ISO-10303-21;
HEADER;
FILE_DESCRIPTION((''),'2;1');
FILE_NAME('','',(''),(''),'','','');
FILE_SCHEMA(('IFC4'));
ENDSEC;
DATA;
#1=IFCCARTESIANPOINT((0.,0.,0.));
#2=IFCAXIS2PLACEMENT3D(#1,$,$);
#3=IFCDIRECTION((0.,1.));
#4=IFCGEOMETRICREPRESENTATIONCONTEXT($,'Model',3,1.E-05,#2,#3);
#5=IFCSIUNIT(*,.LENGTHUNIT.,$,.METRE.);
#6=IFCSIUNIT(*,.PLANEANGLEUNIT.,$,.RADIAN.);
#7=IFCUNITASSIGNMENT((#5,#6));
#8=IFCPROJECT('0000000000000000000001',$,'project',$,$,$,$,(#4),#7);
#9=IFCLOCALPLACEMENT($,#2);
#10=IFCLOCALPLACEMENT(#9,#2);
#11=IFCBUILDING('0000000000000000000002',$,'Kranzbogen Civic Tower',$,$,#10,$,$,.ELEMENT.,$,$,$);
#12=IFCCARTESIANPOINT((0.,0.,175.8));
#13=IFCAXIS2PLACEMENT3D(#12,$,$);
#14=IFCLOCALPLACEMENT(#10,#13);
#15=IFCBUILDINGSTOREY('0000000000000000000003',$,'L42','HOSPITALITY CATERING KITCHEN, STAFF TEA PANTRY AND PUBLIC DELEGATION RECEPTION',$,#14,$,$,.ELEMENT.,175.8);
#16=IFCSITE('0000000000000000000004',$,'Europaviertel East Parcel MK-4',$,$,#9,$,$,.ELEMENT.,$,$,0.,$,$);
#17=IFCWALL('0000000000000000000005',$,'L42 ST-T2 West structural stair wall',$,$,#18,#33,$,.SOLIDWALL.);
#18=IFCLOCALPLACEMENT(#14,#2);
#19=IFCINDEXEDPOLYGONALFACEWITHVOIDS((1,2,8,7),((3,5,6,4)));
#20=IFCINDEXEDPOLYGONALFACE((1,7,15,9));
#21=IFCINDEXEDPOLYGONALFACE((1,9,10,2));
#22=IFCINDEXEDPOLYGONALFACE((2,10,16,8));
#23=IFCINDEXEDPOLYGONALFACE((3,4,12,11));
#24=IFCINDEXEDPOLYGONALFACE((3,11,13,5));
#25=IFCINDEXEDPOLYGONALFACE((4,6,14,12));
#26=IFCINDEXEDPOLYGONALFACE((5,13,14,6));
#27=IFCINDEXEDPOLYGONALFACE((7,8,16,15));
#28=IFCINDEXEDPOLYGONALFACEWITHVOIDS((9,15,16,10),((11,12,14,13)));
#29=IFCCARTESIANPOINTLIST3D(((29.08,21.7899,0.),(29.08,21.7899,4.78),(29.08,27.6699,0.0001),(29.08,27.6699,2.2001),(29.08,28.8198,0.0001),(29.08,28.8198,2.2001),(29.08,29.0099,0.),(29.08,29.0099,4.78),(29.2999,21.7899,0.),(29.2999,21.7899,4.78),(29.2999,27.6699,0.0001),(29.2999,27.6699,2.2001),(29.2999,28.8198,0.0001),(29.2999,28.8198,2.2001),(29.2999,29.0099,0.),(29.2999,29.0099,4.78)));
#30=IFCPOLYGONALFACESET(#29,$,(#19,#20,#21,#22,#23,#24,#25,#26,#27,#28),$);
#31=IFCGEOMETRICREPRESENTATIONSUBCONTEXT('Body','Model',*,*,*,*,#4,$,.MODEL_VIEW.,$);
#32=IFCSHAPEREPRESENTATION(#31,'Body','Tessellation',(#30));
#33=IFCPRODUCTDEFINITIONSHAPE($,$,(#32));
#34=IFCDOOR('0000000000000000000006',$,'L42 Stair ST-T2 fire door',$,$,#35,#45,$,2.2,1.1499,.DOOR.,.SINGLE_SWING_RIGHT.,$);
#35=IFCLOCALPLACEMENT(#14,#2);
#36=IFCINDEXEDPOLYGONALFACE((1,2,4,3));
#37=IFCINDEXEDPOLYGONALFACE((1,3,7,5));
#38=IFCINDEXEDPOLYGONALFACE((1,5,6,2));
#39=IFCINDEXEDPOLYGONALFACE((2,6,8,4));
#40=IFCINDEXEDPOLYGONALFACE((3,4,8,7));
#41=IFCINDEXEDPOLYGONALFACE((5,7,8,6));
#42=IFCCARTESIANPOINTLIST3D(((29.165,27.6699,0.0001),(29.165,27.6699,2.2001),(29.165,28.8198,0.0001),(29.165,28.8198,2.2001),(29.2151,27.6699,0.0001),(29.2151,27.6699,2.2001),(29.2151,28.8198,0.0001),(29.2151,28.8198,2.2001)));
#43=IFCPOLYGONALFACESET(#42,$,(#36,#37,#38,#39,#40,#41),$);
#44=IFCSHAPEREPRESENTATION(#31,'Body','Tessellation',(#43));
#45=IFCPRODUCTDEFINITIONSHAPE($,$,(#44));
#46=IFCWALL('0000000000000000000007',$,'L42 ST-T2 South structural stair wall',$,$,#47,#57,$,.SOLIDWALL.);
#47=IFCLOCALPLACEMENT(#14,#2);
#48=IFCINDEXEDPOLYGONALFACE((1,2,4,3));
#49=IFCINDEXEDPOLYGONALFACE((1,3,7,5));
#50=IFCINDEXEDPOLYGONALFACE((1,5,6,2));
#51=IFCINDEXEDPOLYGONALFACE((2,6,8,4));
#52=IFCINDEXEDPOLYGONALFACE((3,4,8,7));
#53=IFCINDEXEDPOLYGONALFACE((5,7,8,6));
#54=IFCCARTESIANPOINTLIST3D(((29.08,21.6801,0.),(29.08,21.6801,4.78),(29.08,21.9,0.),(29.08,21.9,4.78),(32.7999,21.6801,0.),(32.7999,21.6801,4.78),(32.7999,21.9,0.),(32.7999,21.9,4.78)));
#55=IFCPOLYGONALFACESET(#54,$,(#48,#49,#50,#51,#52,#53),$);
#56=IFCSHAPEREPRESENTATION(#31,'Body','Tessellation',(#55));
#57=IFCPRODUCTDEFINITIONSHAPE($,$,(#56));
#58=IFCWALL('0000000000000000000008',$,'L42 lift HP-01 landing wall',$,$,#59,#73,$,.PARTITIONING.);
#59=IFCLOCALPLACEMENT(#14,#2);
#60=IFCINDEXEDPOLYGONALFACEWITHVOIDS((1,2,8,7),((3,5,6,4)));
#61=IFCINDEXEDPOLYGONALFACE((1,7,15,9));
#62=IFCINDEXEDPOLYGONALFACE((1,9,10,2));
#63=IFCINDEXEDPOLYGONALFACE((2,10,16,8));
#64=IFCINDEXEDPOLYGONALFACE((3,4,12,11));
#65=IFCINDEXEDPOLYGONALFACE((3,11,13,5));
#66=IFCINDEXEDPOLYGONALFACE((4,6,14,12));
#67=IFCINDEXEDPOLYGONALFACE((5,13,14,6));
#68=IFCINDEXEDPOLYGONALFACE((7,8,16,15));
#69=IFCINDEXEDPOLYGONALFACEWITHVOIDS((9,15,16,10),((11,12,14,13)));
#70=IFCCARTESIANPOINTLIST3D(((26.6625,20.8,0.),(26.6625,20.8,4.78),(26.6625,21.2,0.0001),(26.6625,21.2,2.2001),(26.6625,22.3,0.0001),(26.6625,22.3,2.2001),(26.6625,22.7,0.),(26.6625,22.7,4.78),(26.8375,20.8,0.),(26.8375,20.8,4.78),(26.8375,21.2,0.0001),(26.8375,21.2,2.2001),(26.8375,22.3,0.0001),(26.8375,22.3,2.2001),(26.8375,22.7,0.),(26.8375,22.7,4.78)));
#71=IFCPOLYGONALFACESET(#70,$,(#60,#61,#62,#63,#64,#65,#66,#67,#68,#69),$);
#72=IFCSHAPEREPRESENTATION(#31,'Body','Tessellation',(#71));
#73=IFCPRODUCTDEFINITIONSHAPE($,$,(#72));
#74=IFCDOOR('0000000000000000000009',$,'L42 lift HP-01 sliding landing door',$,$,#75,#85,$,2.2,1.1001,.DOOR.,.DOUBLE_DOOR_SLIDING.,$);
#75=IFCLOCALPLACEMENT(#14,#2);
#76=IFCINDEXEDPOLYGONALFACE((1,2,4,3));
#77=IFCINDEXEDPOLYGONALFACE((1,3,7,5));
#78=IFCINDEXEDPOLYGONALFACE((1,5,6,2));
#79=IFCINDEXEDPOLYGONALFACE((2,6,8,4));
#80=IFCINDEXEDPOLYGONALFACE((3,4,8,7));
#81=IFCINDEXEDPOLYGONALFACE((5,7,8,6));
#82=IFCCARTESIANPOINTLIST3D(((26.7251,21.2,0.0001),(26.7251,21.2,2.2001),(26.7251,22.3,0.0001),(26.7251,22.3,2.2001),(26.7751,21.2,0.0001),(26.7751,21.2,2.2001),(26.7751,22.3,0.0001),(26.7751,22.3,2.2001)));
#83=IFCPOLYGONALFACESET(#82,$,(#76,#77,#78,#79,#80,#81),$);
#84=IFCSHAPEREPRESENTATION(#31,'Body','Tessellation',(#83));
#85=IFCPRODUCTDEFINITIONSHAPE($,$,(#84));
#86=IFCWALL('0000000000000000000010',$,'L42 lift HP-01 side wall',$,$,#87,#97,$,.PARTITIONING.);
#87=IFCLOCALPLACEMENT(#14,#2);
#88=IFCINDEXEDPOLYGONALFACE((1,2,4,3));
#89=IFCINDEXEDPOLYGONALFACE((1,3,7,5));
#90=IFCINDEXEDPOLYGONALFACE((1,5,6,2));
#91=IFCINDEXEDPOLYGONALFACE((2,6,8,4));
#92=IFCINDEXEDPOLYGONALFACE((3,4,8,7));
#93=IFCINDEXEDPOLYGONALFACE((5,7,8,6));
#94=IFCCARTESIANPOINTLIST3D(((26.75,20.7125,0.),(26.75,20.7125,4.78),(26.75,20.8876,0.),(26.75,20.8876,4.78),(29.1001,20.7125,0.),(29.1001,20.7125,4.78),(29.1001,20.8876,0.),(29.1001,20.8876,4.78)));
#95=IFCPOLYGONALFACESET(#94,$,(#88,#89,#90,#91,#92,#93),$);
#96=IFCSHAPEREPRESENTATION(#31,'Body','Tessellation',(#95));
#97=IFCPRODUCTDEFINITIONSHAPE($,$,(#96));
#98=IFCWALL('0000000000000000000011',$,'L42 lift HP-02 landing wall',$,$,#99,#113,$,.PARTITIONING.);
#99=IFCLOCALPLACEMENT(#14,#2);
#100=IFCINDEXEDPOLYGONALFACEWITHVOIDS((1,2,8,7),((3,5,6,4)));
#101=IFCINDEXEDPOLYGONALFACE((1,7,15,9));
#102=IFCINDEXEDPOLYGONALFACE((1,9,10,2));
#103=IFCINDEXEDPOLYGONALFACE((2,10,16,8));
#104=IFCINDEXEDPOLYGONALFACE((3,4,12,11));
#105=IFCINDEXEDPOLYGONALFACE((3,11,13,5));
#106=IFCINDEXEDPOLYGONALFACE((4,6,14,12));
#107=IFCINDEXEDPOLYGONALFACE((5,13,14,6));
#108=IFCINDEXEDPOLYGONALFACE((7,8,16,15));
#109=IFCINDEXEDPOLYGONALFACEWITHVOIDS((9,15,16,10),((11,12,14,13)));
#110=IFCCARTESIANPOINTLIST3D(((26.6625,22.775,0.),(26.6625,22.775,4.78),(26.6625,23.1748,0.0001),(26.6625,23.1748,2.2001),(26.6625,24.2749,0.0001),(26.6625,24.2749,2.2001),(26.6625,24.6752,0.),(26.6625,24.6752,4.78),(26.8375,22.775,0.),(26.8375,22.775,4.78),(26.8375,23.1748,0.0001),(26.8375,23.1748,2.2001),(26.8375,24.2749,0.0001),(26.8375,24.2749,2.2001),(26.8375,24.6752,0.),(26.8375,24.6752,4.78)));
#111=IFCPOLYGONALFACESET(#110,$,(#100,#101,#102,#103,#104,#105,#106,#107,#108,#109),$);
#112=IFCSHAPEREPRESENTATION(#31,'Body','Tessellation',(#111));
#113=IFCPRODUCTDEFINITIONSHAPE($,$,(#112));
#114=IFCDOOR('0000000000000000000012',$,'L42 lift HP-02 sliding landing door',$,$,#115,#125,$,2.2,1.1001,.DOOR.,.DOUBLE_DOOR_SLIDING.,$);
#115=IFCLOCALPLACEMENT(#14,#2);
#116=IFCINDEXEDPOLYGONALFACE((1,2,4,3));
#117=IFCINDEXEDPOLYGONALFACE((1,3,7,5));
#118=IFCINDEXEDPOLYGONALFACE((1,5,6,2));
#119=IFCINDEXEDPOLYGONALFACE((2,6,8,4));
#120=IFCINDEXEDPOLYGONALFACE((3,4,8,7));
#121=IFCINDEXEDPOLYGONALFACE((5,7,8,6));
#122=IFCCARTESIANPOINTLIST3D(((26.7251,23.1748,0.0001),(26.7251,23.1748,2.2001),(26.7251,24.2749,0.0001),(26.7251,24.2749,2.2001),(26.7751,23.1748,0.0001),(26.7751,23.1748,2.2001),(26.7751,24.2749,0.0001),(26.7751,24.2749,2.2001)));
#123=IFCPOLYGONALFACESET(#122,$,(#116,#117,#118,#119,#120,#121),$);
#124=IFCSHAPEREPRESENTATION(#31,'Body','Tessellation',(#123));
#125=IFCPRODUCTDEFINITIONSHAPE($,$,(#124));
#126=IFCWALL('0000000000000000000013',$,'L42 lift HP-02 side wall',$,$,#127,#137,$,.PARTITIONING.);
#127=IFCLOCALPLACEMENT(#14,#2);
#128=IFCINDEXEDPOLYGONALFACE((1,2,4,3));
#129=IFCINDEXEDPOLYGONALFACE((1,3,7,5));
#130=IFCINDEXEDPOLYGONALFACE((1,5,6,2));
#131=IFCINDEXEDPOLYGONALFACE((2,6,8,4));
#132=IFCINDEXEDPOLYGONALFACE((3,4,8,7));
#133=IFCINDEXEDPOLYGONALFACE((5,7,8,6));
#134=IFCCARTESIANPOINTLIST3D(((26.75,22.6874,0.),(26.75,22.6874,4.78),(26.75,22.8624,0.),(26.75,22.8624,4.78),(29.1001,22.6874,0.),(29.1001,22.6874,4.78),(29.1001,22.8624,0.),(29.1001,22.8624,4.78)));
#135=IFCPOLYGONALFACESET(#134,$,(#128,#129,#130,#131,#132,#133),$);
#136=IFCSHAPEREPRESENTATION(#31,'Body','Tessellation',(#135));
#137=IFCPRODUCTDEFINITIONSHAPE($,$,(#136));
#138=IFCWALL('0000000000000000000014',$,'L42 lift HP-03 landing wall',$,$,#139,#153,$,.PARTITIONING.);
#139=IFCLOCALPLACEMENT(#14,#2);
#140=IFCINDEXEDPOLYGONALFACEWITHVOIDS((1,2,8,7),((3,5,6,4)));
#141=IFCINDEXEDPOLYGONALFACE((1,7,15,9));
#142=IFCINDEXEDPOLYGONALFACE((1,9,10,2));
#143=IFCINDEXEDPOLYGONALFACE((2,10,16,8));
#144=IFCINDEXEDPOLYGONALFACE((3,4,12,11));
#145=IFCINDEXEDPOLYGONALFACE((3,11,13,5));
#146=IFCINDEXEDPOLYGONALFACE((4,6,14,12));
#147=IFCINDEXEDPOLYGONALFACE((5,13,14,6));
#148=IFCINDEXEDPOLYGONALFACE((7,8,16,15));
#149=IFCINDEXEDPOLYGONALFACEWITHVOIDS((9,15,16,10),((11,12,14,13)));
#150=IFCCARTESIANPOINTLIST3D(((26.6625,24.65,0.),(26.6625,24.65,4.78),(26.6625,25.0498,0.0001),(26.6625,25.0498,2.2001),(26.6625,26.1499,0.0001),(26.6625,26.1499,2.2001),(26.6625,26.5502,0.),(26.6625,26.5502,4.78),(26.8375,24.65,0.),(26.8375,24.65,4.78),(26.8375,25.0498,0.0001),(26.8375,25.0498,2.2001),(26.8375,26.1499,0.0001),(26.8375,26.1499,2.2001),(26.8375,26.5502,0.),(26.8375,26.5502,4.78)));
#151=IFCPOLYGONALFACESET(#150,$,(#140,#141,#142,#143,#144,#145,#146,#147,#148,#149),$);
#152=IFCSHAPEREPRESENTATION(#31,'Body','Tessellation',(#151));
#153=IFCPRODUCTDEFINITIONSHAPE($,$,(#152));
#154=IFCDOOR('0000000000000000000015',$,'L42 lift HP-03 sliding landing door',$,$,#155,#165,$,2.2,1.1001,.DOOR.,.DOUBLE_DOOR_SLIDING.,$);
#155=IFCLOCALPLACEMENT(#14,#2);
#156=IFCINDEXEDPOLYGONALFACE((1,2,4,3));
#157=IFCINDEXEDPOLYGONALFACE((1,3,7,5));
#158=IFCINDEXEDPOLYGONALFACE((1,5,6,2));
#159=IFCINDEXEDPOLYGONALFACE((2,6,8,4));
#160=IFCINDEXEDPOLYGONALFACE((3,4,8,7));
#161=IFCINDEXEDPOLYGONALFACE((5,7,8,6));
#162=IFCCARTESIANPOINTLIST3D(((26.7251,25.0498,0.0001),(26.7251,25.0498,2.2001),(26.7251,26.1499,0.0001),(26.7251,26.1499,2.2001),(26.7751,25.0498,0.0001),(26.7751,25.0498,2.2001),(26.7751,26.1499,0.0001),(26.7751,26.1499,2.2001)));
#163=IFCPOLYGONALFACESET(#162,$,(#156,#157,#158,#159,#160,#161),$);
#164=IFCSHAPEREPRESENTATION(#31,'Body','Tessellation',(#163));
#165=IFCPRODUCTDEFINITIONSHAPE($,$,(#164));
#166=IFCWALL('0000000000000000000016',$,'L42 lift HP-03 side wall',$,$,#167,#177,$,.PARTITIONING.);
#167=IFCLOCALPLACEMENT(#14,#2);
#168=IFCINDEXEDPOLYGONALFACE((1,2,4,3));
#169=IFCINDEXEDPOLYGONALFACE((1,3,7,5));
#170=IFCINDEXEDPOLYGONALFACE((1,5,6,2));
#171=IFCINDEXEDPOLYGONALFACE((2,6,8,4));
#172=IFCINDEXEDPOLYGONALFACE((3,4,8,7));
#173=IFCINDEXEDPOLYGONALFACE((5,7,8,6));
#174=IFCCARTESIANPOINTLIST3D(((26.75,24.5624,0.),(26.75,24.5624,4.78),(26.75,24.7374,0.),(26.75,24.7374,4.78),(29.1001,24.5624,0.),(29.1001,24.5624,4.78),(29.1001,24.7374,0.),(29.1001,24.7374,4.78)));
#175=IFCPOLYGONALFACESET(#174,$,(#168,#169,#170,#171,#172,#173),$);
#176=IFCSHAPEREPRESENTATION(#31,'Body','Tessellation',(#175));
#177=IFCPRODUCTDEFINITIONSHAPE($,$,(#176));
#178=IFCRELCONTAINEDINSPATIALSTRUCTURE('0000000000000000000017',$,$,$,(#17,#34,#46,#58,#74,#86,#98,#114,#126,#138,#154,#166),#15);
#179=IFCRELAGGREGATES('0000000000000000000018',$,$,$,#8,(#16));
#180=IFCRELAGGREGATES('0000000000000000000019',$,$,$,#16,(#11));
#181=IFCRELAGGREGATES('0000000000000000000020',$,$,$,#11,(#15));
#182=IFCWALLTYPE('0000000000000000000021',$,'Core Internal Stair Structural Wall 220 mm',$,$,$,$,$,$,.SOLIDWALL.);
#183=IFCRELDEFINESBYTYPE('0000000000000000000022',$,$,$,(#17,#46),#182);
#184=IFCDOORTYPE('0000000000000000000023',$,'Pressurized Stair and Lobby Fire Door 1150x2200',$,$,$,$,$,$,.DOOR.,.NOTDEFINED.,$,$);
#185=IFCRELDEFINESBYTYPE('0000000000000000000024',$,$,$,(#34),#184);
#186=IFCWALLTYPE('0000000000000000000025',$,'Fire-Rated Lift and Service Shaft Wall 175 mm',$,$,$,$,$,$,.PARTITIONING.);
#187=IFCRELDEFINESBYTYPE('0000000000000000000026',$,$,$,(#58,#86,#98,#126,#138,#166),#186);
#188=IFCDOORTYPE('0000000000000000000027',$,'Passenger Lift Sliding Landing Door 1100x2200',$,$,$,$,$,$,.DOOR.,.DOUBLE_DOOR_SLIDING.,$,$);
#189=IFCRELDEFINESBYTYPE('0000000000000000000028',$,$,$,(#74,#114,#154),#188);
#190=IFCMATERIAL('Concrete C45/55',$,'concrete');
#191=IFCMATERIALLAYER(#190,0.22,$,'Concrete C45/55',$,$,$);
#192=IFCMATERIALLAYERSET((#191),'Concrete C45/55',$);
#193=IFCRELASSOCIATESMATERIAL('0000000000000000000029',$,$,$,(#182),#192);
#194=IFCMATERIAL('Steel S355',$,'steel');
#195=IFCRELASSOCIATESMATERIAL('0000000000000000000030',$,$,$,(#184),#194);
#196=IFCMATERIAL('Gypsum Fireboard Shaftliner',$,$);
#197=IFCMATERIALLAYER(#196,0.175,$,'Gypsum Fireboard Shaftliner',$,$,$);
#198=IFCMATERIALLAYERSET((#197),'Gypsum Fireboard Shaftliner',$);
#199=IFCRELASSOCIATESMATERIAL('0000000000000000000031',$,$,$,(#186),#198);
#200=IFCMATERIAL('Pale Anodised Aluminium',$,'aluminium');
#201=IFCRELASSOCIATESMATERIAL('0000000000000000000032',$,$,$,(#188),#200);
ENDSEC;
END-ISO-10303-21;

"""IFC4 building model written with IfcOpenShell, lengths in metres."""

from ifc_helpers import new_model, si_unit, direction, frame, frame_2d, origin, place, context, subcontext, project, spatial, rectangle, extrude, material, layer, layer_set, type_object, element, fill, save


model = new_model("IFC4")

# Units and contexts
model_context = context("Model", 3, precision=1e-05, world=origin(), true_north=direction((0.0, 1.0)))
body_context = subcontext(model_context, "Body", "Model", "MODEL_VIEW")
ifc_project = project(units=[si_unit("LENGTHUNIT", "METRE"), si_unit("PLANEANGLEUNIT", "RADIAN")], contexts=[model_context])

# Site, building, storey
site_placement = place(None, origin())
site = spatial("IfcSite", under=ifc_project, at=site_placement, Name="Europaviertel East Parcel MK-4", CompositionType="ELEMENT", RefElevation=0.0)
building_placement = place(site_placement, origin())
building = spatial("IfcBuilding", under=site, at=building_placement, Name="Kranzbogen Civic Tower", CompositionType="ELEMENT")
storey_placement = place(building_placement, frame((0.0, 0.0, 175.8)))
storey = spatial("IfcBuildingStorey", under=building, at=storey_placement, Name="L42", Description="HOSPITALITY CATERING KITCHEN, STAFF TEA PANTRY AND PUBLIC DELEGATION RECEPTION", CompositionType="ELEMENT", Elevation=175.8)

# Shared definitions
ifc_material_1 = material(Name="Steel S355", Category="steel")

# Shared definitions
ifc_material_2 = material(Name="Concrete C45/55", Category="concrete")

# Wall, opening, door
ifc_layer_1 = layer(ifc_material_2, 0.22, Name="Concrete C45/55")
ifc_layer_set_1 = layer_set([ifc_layer_1], Name="Concrete C45/55")
wall_type_1 = type_object("IfcWallType", Name="Core Internal Stair Structural Wall 220 mm", PredefinedType="SOLIDWALL", material=ifc_layer_set_1)
wall_1_placement = place(storey_placement, frame((29.1899, 21.79, 0.0), z_axis=(0.0, 0.0, 1.0), x_axis=(0.0, 1.0, 0.0)))
wall_1 = element("IfcWall", 1, at=wall_1_placement, inside=storey, type_object=wall_type_1, Name="L42 ST-T2 West structural stair wall", PredefinedType="SOLIDWALL", context=body_context, shape_type="SweptSolid", body=[
    extrude(rectangle(XDim=7.22, YDim=0.22, at=frame_2d((3.6099, 0.0))), origin(), (0.0, 0.0, 1.0), 4.78),
])
opening_1_placement = place(wall_1_placement, frame((5.8799, 0.0, 0.0)))
opening_1 = element("IfcOpeningElement", 2, at=opening_1_placement, cuts=wall_1, PredefinedType="OPENING", context=body_context, shape_type="SweptSolid", body=[
    extrude(rectangle(XDim=1.1499, YDim=2.2, at=frame_2d((0.575, 1.1001))), frame((0.0, 0.1201, 0.0), z_axis=(0.0, -1.0, 0.0), x_axis=(1.0, 0.0, 0.0)), (0.0, 0.0, 1.0), 0.24),
])
door_type_1 = type_object("IfcDoorType", Name="Pressurized Stair and Lobby Fire Door 1150x2200", OperationType="NOTDEFINED", PredefinedType="DOOR", material=ifc_material_1)
door_1_placement = place(opening_1_placement, origin())
door_1 = element("IfcDoor", 3, at=door_1_placement, inside=storey, type_object=door_type_1, Name="L42 Stair ST-T2 fire door", OperationType="SINGLE_SWING_RIGHT", OverallHeight=2.2, OverallWidth=1.1499, PredefinedType="DOOR", context=body_context, shape_type="SweptSolid", body=[
    extrude(rectangle(XDim=1.1499, YDim=2.2, at=frame_2d((0.575, 1.1001))), frame((0.0, 0.0249, 0.0), z_axis=(0.0, -1.0, 0.0), x_axis=(1.0, 0.0, 0.0)), (0.0, 0.0, 1.0), 0.05),
])
fill(opening_1, door_1)

# Wall
wall_2_placement = place(storey_placement, frame((29.0801, 21.79, 0.0), z_axis=(0.0, 0.0, 1.0), x_axis=(1.0, 0.0, 0.0)))
element("IfcWall", 4, at=wall_2_placement, inside=storey, type_object=wall_type_1, Name="L42 ST-T2 South structural stair wall", PredefinedType="SOLIDWALL", context=body_context, shape_type="SweptSolid", body=[
    extrude(rectangle(XDim=3.72, YDim=0.22, at=frame_2d((1.8599, 0.0))), origin(), (0.0, 0.0, 1.0), 4.78),
])

# Wall, opening, door
ifc_material_3 = material(Name="Gypsum Fireboard Shaftliner")
ifc_layer_2 = layer(ifc_material_3, 0.175, Name="Gypsum Fireboard Shaftliner")
ifc_layer_set_2 = layer_set([ifc_layer_2], Name="Gypsum Fireboard Shaftliner")
wall_type_2 = type_object("IfcWallType", Name="Fire-Rated Lift and Service Shaft Wall 175 mm", PredefinedType="PARTITIONING", material=ifc_layer_set_2)
wall_3_placement = place(storey_placement, frame((26.75, 20.8, 0.0), z_axis=(0.0, 0.0, 1.0), x_axis=(0.0, 1.0, 0.0)))
wall_3 = element("IfcWall", 5, at=wall_3_placement, inside=storey, type_object=wall_type_2, Name="L42 lift HP-01 landing wall", PredefinedType="PARTITIONING", context=body_context, shape_type="SweptSolid", body=[
    extrude(rectangle(XDim=1.8999, YDim=0.175, at=frame_2d((0.95, 0.0))), origin(), (0.0, 0.0, 1.0), 4.78),
])
opening_2_placement = place(wall_3_placement, frame((0.3999, 0.0, 0.0)))
opening_2 = element("IfcOpeningElement", 6, at=opening_2_placement, cuts=wall_3, PredefinedType="OPENING", context=body_context, shape_type="SweptSolid", body=[
    extrude(rectangle(XDim=1.1001, YDim=2.2, at=frame_2d((0.55, 1.1001))), frame((0.0, 0.0977, 0.0), z_axis=(0.0, -1.0, 0.0), x_axis=(1.0, 0.0, 0.0)), (0.0, 0.0, 1.0), 0.1951),
])
ifc_material_4 = material(Name="Pale Anodised Aluminium", Category="aluminium")
door_type_2 = type_object("IfcDoorType", Name="Passenger Lift Sliding Landing Door 1100x2200", OperationType="DOUBLE_DOOR_SLIDING", PredefinedType="DOOR", material=ifc_material_4)
door_2_placement = place(opening_2_placement, origin())
door_2 = element("IfcDoor", 7, at=door_2_placement, inside=storey, type_object=door_type_2, Name="L42 lift HP-01 sliding landing door", OperationType="DOUBLE_DOOR_SLIDING", OverallHeight=2.2, OverallWidth=1.1001, PredefinedType="DOOR", context=body_context, shape_type="SweptSolid", body=[
    extrude(rectangle(XDim=1.1001, YDim=2.2, at=frame_2d((0.55, 1.1001))), frame((0.0, 0.0249, 0.0), z_axis=(0.0, -1.0, 0.0), x_axis=(1.0, 0.0, 0.0)), (0.0, 0.0, 1.0), 0.05),
])
fill(opening_2, door_2)

# Wall
wall_4_placement = place(storey_placement, frame((26.75, 20.8, 0.0), z_axis=(0.0, 0.0, 1.0), x_axis=(1.0, 0.0, 0.0)))
element("IfcWall", 8, at=wall_4_placement, inside=storey, type_object=wall_type_2, Name="L42 lift HP-01 side wall", PredefinedType="PARTITIONING", context=body_context, shape_type="SweptSolid", body=[
    extrude(rectangle(XDim=2.3501, YDim=0.175, at=frame_2d((1.175, 0.0))), origin(), (0.0, 0.0, 1.0), 4.78),
])

# Wall, opening, door
wall_5_placement = place(storey_placement, frame((26.75, 22.7749, 0.0), z_axis=(0.0, 0.0, 1.0), x_axis=(0.0, 1.0, 0.0)))
wall_5 = element("IfcWall", 9, at=wall_5_placement, inside=storey, type_object=wall_type_2, Name="L42 lift HP-02 landing wall", PredefinedType="PARTITIONING", context=body_context, shape_type="SweptSolid", body=[
    extrude(rectangle(XDim=1.9001, YDim=0.175, at=frame_2d((0.9502, 0.0))), origin(), (0.0, 0.0, 1.0), 4.78),
])
opening_3_placement = place(wall_5_placement, frame((0.3999, 0.0, 0.0)))
opening_3 = element("IfcOpeningElement", 10, at=opening_3_placement, cuts=wall_5, PredefinedType="OPENING", context=body_context, shape_type="SweptSolid", body=[
    extrude(rectangle(XDim=1.1001, YDim=2.2, at=frame_2d((0.55, 1.1001))), frame((0.0, 0.0977, 0.0), z_axis=(0.0, -1.0, 0.0), x_axis=(1.0, 0.0, 0.0)), (0.0, 0.0, 1.0), 0.1951),
])
door_3_placement = place(opening_3_placement, origin())
door_3 = element("IfcDoor", 11, at=door_3_placement, inside=storey, type_object=door_type_2, Name="L42 lift HP-02 sliding landing door", OperationType="DOUBLE_DOOR_SLIDING", OverallHeight=2.2, OverallWidth=1.1001, PredefinedType="DOOR", context=body_context, shape_type="SweptSolid", body=[
    extrude(rectangle(XDim=1.1001, YDim=2.2, at=frame_2d((0.55, 1.1001))), frame((0.0, 0.0249, 0.0), z_axis=(0.0, -1.0, 0.0), x_axis=(1.0, 0.0, 0.0)), (0.0, 0.0, 1.0), 0.05),
])
fill(opening_3, door_3)

# Wall
wall_6_placement = place(storey_placement, frame((26.75, 22.7749, 0.0), z_axis=(0.0, 0.0, 1.0), x_axis=(1.0, 0.0, 0.0)))
element("IfcWall", 12, at=wall_6_placement, inside=storey, type_object=wall_type_2, Name="L42 lift HP-02 side wall", PredefinedType="PARTITIONING", context=body_context, shape_type="SweptSolid", body=[
    extrude(rectangle(XDim=2.3501, YDim=0.175, at=frame_2d((1.175, 0.0))), origin(), (0.0, 0.0, 1.0), 4.78),
])

# Wall, opening, door
wall_7_placement = place(storey_placement, frame((26.75, 24.6499, 0.0), z_axis=(0.0, 0.0, 1.0), x_axis=(0.0, 1.0, 0.0)))
wall_7 = element("IfcWall", 13, at=wall_7_placement, inside=storey, type_object=wall_type_2, Name="L42 lift HP-03 landing wall", PredefinedType="PARTITIONING", context=body_context, shape_type="SweptSolid", body=[
    extrude(rectangle(XDim=1.9001, YDim=0.175, at=frame_2d((0.9502, 0.0))), origin(), (0.0, 0.0, 1.0), 4.78),
])
opening_4_placement = place(wall_7_placement, frame((0.3999, 0.0, 0.0)))
opening_4 = element("IfcOpeningElement", 14, at=opening_4_placement, cuts=wall_7, PredefinedType="OPENING", context=body_context, shape_type="SweptSolid", body=[
    extrude(rectangle(XDim=1.1001, YDim=2.2, at=frame_2d((0.55, 1.1001))), frame((0.0, 0.0977, 0.0), z_axis=(0.0, -1.0, 0.0), x_axis=(1.0, 0.0, 0.0)), (0.0, 0.0, 1.0), 0.1951),
])
door_4_placement = place(opening_4_placement, origin())
door_4 = element("IfcDoor", 15, at=door_4_placement, inside=storey, type_object=door_type_2, Name="L42 lift HP-03 sliding landing door", OperationType="DOUBLE_DOOR_SLIDING", OverallHeight=2.2, OverallWidth=1.1001, PredefinedType="DOOR", context=body_context, shape_type="SweptSolid", body=[
    extrude(rectangle(XDim=1.1001, YDim=2.2, at=frame_2d((0.55, 1.1001))), frame((0.0, 0.0249, 0.0), z_axis=(0.0, -1.0, 0.0), x_axis=(1.0, 0.0, 0.0)), (0.0, 0.0, 1.0), 0.05),
])
fill(opening_4, door_4)

# Wall
wall_8_placement = place(storey_placement, frame((26.75, 24.6499, 0.0), z_axis=(0.0, 0.0, 1.0), x_axis=(1.0, 0.0, 0.0)))
element("IfcWall", 16, at=wall_8_placement, inside=storey, type_object=wall_type_2, Name="L42 lift HP-03 side wall", PredefinedType="PARTITIONING", context=body_context, shape_type="SweptSolid", body=[
    extrude(rectangle(XDim=2.3501, YDim=0.175, at=frame_2d((1.175, 0.0))), origin(), (0.0, 0.0, 1.0), 4.78),
])

save(model, "model.ifc")
